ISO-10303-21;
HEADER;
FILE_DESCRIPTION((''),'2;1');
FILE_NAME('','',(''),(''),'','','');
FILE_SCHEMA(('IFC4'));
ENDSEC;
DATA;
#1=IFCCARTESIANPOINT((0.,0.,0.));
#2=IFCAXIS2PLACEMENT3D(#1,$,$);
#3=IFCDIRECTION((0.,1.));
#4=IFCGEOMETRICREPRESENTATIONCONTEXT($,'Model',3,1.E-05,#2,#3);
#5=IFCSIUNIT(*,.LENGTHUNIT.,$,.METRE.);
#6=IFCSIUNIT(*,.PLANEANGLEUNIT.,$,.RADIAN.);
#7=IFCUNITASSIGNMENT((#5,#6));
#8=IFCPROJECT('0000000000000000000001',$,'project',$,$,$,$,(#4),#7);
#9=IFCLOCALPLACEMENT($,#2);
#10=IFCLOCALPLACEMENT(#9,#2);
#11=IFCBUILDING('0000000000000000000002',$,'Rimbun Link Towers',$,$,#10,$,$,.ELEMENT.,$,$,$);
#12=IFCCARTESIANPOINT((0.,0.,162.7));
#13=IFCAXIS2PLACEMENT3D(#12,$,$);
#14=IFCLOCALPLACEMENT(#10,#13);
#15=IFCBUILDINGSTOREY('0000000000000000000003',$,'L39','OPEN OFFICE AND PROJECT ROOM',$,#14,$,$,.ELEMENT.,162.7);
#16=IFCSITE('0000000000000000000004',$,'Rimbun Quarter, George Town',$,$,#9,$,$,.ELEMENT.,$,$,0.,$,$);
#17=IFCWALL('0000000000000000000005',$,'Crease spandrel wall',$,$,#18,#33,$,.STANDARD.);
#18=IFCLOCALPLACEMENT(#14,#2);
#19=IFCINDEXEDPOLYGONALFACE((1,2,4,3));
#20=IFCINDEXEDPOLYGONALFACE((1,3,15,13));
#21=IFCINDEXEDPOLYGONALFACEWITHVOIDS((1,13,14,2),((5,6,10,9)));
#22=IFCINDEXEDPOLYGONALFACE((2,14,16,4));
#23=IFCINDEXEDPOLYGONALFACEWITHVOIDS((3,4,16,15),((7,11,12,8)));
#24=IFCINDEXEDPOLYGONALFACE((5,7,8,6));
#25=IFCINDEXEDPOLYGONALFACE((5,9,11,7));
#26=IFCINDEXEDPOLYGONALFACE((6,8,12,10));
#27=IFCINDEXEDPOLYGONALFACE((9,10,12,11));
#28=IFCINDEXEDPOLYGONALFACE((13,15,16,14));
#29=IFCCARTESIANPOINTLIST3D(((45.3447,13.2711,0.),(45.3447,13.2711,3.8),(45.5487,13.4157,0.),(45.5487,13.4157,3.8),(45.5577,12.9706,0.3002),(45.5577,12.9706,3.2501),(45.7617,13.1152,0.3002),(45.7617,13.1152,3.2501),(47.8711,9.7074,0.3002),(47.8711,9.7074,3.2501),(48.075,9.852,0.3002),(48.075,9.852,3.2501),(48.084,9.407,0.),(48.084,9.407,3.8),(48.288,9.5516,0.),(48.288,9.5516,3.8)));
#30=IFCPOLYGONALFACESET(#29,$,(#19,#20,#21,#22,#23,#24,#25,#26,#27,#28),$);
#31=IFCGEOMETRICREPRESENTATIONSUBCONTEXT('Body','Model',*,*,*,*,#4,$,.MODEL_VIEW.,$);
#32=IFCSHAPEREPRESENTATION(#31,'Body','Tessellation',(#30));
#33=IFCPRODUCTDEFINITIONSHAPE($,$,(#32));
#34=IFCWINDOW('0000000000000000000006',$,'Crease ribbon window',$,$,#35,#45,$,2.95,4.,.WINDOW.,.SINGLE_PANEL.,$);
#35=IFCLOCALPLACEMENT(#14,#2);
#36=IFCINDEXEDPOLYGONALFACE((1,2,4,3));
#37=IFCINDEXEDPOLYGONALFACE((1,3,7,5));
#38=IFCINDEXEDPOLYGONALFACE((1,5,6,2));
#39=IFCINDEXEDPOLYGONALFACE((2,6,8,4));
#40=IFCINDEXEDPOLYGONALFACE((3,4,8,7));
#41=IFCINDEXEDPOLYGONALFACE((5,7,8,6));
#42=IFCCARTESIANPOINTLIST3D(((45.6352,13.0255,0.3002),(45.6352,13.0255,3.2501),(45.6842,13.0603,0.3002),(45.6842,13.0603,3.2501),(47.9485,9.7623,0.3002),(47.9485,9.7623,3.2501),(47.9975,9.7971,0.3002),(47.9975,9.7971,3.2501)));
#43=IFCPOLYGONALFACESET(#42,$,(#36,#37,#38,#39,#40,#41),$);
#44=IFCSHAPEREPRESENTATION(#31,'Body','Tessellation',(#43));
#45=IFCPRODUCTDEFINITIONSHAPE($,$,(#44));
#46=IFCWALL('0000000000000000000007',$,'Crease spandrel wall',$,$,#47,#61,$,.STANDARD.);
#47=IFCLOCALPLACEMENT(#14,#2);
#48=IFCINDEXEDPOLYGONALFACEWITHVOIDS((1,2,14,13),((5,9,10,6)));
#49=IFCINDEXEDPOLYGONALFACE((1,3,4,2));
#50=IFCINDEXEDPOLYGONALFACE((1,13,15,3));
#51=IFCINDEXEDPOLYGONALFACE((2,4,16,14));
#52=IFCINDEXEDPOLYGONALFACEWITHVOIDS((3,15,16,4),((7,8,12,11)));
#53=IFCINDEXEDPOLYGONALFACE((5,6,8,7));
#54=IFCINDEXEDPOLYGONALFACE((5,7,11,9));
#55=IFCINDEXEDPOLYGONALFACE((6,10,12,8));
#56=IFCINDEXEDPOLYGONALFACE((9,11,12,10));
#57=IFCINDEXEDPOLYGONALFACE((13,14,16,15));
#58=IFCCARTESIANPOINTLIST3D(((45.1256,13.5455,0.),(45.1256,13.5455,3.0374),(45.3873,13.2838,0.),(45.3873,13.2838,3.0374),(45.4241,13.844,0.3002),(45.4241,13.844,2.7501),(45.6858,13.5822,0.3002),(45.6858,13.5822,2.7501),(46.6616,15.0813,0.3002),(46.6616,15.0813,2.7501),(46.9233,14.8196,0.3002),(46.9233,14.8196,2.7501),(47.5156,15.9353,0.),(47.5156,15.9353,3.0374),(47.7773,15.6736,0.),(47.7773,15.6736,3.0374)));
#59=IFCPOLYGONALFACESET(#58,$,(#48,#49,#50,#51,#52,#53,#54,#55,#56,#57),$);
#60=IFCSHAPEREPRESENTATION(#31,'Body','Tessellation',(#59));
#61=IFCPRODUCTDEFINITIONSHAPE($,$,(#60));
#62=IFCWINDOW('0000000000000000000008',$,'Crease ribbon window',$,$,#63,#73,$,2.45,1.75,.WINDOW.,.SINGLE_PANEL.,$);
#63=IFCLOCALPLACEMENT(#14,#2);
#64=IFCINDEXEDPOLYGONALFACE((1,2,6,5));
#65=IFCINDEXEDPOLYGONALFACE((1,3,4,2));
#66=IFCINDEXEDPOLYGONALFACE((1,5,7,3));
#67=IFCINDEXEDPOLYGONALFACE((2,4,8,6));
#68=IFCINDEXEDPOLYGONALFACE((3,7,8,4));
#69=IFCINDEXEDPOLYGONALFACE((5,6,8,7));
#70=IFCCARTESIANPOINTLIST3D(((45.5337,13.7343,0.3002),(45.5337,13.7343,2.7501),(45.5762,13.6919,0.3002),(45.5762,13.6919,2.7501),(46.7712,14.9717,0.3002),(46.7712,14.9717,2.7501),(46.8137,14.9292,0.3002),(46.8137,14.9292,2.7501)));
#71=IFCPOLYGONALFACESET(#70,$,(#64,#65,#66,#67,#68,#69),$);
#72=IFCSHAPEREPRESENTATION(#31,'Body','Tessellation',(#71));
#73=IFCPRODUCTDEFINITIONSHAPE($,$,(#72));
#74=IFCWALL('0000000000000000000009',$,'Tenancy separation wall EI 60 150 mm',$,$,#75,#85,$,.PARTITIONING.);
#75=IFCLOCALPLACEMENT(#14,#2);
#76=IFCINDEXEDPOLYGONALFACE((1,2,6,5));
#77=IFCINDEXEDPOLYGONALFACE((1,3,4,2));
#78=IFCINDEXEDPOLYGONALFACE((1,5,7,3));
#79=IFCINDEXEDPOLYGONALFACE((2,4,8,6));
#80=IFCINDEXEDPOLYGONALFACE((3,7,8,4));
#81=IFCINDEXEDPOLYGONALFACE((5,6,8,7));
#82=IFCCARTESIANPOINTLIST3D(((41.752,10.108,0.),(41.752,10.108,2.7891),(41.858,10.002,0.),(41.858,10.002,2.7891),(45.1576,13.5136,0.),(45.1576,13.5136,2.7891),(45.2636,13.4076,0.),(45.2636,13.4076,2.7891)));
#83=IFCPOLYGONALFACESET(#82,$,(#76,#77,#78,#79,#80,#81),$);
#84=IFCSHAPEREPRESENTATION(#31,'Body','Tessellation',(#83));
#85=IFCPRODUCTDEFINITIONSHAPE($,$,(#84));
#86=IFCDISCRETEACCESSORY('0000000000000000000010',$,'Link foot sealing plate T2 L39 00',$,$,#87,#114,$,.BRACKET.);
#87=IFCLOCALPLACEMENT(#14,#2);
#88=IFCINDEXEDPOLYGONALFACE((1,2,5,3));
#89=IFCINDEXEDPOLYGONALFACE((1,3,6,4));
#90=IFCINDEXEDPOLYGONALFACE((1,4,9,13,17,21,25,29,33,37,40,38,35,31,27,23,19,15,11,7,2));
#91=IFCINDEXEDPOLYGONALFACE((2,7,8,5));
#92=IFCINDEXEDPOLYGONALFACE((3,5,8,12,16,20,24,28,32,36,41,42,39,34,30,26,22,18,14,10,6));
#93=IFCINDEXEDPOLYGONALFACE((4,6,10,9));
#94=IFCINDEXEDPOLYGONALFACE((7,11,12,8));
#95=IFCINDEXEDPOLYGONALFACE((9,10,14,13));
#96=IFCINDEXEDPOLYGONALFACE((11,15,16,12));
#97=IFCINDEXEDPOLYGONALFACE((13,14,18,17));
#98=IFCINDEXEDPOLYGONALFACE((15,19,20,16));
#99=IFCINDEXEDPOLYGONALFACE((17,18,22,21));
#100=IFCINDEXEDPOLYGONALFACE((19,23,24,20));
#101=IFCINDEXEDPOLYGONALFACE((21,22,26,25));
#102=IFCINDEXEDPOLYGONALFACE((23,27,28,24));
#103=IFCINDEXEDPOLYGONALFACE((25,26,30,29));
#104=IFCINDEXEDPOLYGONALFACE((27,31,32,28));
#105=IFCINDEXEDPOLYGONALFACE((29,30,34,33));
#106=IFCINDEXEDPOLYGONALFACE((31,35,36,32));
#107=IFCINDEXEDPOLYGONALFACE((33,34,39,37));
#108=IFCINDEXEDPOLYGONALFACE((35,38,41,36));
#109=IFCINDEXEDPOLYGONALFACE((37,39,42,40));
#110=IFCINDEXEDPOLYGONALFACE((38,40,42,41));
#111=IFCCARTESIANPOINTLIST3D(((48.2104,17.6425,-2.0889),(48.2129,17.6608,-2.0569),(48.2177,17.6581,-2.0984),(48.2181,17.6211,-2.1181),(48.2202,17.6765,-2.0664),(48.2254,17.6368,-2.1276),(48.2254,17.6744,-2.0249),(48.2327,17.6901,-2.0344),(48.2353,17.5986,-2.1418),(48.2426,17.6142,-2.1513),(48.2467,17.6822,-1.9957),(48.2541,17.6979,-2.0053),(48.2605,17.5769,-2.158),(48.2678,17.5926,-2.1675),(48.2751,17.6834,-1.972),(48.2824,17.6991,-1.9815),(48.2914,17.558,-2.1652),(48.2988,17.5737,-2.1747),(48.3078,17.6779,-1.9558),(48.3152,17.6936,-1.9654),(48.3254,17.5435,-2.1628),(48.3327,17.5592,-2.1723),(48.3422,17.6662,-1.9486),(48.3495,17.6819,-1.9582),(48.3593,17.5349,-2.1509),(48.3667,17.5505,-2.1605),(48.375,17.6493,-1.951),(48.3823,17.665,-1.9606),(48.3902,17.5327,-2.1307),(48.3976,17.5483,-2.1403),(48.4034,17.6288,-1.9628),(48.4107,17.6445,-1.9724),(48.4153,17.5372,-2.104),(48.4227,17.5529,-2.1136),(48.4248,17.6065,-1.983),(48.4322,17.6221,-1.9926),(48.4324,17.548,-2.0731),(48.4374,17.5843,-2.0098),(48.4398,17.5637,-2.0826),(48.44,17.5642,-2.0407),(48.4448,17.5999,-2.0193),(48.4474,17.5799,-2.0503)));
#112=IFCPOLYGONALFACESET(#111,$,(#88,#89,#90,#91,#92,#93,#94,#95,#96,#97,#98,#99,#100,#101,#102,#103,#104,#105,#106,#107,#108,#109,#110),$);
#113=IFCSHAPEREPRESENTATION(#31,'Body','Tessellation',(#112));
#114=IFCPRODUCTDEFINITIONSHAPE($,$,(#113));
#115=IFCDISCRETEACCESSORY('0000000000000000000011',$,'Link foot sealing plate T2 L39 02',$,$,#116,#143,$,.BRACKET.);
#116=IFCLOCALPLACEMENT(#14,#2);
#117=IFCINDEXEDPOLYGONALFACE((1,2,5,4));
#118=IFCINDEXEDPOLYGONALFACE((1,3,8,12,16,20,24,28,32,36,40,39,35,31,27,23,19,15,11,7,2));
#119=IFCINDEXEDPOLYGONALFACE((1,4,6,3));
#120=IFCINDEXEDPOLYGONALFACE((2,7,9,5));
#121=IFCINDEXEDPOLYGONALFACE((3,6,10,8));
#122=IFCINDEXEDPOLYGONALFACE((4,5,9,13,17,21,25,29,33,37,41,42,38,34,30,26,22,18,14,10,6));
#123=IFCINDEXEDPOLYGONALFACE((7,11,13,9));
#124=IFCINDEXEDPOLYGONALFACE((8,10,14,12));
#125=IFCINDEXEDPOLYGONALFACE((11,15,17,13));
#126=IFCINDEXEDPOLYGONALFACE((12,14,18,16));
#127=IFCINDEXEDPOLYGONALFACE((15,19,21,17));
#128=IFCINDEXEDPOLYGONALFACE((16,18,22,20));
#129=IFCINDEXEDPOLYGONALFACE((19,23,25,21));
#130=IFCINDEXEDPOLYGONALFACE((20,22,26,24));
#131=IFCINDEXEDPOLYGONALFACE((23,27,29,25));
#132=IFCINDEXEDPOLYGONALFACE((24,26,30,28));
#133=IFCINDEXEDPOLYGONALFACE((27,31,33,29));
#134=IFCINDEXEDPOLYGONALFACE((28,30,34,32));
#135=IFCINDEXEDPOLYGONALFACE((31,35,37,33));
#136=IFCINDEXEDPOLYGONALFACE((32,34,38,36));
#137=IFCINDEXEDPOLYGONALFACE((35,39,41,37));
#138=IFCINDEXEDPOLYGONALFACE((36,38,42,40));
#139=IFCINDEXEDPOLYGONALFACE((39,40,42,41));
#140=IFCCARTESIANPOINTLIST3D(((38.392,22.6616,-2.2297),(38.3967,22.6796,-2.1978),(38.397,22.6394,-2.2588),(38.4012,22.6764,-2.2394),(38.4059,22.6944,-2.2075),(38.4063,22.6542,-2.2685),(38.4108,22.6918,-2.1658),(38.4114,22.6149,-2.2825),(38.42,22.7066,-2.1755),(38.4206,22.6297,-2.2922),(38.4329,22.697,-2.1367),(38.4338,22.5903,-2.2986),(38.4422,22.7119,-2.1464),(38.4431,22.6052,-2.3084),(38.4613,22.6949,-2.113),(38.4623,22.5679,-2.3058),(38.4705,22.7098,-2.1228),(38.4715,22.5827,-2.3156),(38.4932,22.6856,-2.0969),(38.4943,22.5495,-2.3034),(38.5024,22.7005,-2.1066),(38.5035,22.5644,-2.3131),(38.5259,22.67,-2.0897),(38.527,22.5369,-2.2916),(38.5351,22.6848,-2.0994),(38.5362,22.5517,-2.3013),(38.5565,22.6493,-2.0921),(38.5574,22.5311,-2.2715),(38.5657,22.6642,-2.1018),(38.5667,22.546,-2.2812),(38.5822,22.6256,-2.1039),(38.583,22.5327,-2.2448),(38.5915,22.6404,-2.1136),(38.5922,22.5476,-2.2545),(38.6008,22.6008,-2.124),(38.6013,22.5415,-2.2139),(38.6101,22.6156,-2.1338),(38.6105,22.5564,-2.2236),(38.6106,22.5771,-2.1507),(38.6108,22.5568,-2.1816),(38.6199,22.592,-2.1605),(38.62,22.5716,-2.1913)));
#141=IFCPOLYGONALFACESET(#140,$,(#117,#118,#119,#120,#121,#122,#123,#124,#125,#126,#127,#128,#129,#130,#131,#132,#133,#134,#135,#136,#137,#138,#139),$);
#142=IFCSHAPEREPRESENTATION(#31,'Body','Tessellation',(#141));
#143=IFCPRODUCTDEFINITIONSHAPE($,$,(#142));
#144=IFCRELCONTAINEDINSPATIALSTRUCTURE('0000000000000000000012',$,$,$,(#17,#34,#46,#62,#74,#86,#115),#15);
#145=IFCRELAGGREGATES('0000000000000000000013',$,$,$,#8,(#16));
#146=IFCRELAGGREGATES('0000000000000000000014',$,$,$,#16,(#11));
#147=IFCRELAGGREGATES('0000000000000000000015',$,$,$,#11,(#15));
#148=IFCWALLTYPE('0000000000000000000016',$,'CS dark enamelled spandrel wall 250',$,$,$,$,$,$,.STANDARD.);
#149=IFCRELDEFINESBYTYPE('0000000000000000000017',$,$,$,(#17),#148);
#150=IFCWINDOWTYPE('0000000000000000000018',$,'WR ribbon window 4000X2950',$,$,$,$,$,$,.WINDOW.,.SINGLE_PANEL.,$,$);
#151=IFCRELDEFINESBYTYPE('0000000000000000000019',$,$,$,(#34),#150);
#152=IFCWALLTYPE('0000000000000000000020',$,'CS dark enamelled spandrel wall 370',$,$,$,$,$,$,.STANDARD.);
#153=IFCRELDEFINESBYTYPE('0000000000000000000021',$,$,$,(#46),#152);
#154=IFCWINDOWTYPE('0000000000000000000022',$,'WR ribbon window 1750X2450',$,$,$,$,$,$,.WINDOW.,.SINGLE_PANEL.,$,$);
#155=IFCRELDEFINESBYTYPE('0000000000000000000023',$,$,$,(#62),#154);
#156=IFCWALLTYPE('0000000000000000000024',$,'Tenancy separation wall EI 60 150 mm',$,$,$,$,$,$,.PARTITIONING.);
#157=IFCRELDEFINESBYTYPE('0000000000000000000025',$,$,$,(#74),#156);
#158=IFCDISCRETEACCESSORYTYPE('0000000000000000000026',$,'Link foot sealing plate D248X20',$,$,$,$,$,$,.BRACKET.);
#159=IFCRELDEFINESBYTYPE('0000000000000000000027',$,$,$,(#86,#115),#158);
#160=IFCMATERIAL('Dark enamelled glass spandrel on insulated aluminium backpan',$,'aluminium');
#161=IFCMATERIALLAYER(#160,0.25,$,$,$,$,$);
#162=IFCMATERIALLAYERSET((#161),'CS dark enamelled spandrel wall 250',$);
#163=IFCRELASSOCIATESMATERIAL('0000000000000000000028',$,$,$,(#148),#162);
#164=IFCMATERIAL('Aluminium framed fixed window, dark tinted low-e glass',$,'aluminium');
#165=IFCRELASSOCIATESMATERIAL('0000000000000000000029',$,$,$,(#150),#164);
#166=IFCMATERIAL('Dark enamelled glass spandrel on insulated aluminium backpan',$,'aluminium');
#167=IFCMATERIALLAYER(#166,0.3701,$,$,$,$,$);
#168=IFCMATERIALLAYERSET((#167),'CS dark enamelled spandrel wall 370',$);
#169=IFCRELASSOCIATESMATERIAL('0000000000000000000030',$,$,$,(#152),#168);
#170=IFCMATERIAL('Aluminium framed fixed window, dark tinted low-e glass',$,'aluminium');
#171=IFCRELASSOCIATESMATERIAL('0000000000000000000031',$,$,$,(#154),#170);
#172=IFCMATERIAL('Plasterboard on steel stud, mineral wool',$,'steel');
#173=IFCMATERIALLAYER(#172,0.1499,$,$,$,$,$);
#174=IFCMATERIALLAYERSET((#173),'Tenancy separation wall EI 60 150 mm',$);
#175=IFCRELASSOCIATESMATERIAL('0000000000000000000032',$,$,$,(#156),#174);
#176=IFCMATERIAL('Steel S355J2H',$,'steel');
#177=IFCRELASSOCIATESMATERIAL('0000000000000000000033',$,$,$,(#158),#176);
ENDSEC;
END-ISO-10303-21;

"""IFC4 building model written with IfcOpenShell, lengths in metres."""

from ifc_helpers import new_model, si_unit, direction, frame, frame_2d, origin, origin_2d, place, context, subcontext, project, spatial, rectangle, circle, extrude, material, layer, layer_set, material_profile, profile_set, type_object, element, fill, save


model = new_model("IFC4")

# Units and contexts
model_context = context("Model", 3, precision=1e-05, world=origin(), true_north=direction((0.0, 1.0)))
body_context = subcontext(model_context, "Body", "Model", "MODEL_VIEW")
ifc_project = project(units=[si_unit("LENGTHUNIT", "METRE"), si_unit("PLANEANGLEUNIT", "RADIAN")], contexts=[model_context])

# Site, building, storey
site_placement = place(None, origin())
site = spatial("IfcSite", under=ifc_project, at=site_placement, Name="Rimbun Quarter, George Town", CompositionType="ELEMENT", RefElevation=0.0)
building_placement = place(site_placement, origin())
building = spatial("IfcBuilding", under=site, at=building_placement, Name="Rimbun Link Towers", CompositionType="ELEMENT")
storey_placement = place(building_placement, frame((0.0, 0.0, 162.7)))
storey = spatial("IfcBuildingStorey", under=building, at=storey_placement, Name="L39", Description="OPEN OFFICE AND PROJECT ROOM", CompositionType="ELEMENT", Elevation=162.7)

# Walls, openings, windows
ifc_material_1 = material(Name="Dark enamelled glass spandrel on insulated aluminium backpan", Category="aluminium")
ifc_layer_1 = layer(ifc_material_1, 0.25)
ifc_layer_set_1 = layer_set([ifc_layer_1], Name="CS dark enamelled spandrel wall 250")
wall_type_1 = type_object("IfcWallType", Name="CS dark enamelled spandrel wall 250", PredefinedType="STANDARD", material=ifc_layer_set_1)
wall_1_placement = place(storey_placement, frame((45.4468, 13.3433, 0.0), z_axis=(0.0, 0.0, 1.0), x_axis=(0.578333, -0.815801, 0.0)))
wall_1 = element("IfcWall", 1, at=wall_1_placement, inside=storey, type_object=wall_type_1, Name="Crease spandrel wall", PredefinedType="STANDARD", context=body_context, shape_type="SweptSolid", body=[
    extrude(rectangle(XDim=4.7366, YDim=0.25, at=frame_2d((2.3682, 0.0))), origin(), (0.0, 0.0, 1.0), 3.8),
])
opening_1_placement = place(wall_1_placement, frame((0.3682, 0.0, 0.3)))
opening_1 = element("IfcOpeningElement", 2, at=opening_1_placement, cuts=wall_1, PredefinedType="OPENING", context=body_context, shape_type="SweptSolid", body=[
    extrude(rectangle(XDim=4.0, YDim=2.95, at=frame_2d((2.0, 1.4751))), frame((0.0, 0.135, 0.0), z_axis=(0.0, -1.0, 0.0), x_axis=(1.0, 0.0, 0.0)), (0.0, 0.0, 1.0), 0.27),
])
ifc_material_2 = material(Name="Aluminium framed fixed window, dark tinted low-e glass", Category="aluminium")
window_type_1 = type_object("IfcWindowType", Name="WR ribbon window 4000X2950", PartitioningType="SINGLE_PANEL", PredefinedType="WINDOW", material=ifc_material_2)
window_1_placement = place(opening_1_placement, origin())
window_1 = element("IfcWindow", 3, at=window_1_placement, inside=storey, type_object=window_type_1, Name="Crease ribbon window", OverallHeight=2.95, OverallWidth=4.0, PartitioningType="SINGLE_PANEL", PredefinedType="WINDOW", context=body_context, shape_type="SweptSolid", body=[
    extrude(rectangle(XDim=4.0, YDim=2.95, at=frame_2d((2.0, 1.4751))), frame((0.0, 0.03, 0.0), z_axis=(0.0, -1.0, 0.0), x_axis=(1.0, 0.0, 0.0)), (0.0, 0.0, 1.0), 0.0601),
])
fill(opening_1, window_1)
ifc_material_3 = material(Name="Dark enamelled glass spandrel on insulated aluminium backpan", Category="aluminium")
ifc_layer_2 = layer(ifc_material_3, 0.3701)
ifc_layer_set_2 = layer_set([ifc_layer_2], Name="CS dark enamelled spandrel wall 370")
wall_type_2 = type_object("IfcWallType", Name="CS dark enamelled spandrel wall 370", PredefinedType="STANDARD", material=ifc_layer_set_2)
wall_2_placement = place(storey_placement, frame((47.6465, 15.8044, 0.0), z_axis=(0.0, 0.0, 1.0), x_axis=(-0.707143, -0.707071, 0.0)))
wall_2 = element("IfcWall", 4, at=wall_2_placement, inside=storey, type_object=wall_type_2, Name="Crease spandrel wall", PredefinedType="STANDARD", context=body_context, shape_type="SweptSolid", body=[
    extrude(rectangle(XDim=3.3799, YDim=0.3701, at=frame_2d((1.6899, 0.0))), origin(), (0.0, 0.0, 1.0), 3.0374),
])
opening_2_placement = place(wall_2_placement, frame((1.2078, 0.0, 0.3)))
opening_2 = element("IfcOpeningElement", 5, at=opening_2_placement, cuts=wall_2, PredefinedType="OPENING", context=body_context, shape_type="SweptSolid", body=[
    extrude(rectangle(XDim=1.75, YDim=2.45, at=frame_2d((0.875, 1.2251))), frame((0.0, 0.1951, 0.0), z_axis=(0.0, -1.0, 0.0), x_axis=(1.0, 0.0, 0.0)), (0.0, 0.0, 1.0), 0.3901),
])
ifc_material_4 = material(Name="Aluminium framed fixed window, dark tinted low-e glass", Category="aluminium")
window_type_2 = type_object("IfcWindowType", Name="WR ribbon window 1750X2450", PartitioningType="SINGLE_PANEL", PredefinedType="WINDOW", material=ifc_material_4)
window_2_placement = place(opening_2_placement, origin())
window_2 = element("IfcWindow", 6, at=window_2_placement, inside=storey, type_object=window_type_2, Name="Crease ribbon window", OverallHeight=2.45, OverallWidth=1.75, PartitioningType="SINGLE_PANEL", PredefinedType="WINDOW", context=body_context, shape_type="SweptSolid", body=[
    extrude(rectangle(XDim=1.75, YDim=2.45, at=frame_2d((0.875, 1.2251))), frame((0.0, 0.03, 0.0), z_axis=(0.0, -1.0, 0.0), x_axis=(1.0, 0.0, 0.0)), (0.0, 0.0, 1.0), 0.0601),
])
fill(opening_2, window_2)

# Wall
ifc_material_5 = material(Name="Plasterboard on steel stud, mineral wool", Category="steel")
ifc_layer_3 = layer(ifc_material_5, 0.1499)
ifc_layer_set_3 = layer_set([ifc_layer_3], Name="Tenancy separation wall EI 60 150 mm")
wall_type_3 = type_object("IfcWallType", Name="Tenancy separation wall EI 60 150 mm", PredefinedType="PARTITIONING", material=ifc_layer_set_3)
wall_3_placement = place(storey_placement, frame((41.8049, 10.0549, 0.0), z_axis=(0.0, 0.0, 1.0), x_axis=(0.707107, 0.707107, 0.0)))
element("IfcWall", 7, at=wall_3_placement, inside=storey, type_object=wall_type_3, Name="Tenancy separation wall EI 60 150 mm", PredefinedType="PARTITIONING", context=body_context, shape_type="SweptSolid", body=[
    extrude(rectangle(XDim=4.8162, YDim=0.1499, at=frame_2d((2.4082, 0.0))), origin(), (0.0, 0.0, 1.0), 2.7891),
])

# Discrete accessories
ifc_material_6 = material(Name="Steel S355J2H", Category="steel")
ifc_material_profile_1 = material_profile(ifc_material_6, circle(Radius=0.124, at=origin_2d()), Name="PL D248")
ifc_profile_set_1 = profile_set([ifc_material_profile_1], Name="Steel S355J2H")
discrete_accessory_type = type_object("IfcDiscreteAccessoryType", Name="Link foot sealing plate D248X20", PredefinedType="BRACKET", material=ifc_profile_set_1)
discrete_accessory_1_placement = place(storey_placement, frame((48.3252, 17.6082, -2.0569), z_axis=(0.371619, 0.792786, -0.483104), x_axis=(-0.905459, 0.424434, 0.0)))
element("IfcDiscreteAccessory", 8, at=discrete_accessory_1_placement, inside=storey, type_object=discrete_accessory_type, Name="Link foot sealing plate T2 L39 00", PredefinedType="BRACKET", context=body_context, shape_type="SweptSolid", body=[
    extrude(circle(Radius=0.124, at=origin_2d()), origin(), (0.0, 0.0, 1.0), 0.0198),
])
discrete_accessory_2_placement = place(storey_placement, frame((38.502, 22.614, -2.1978), z_axis=(0.462008, 0.741645, -0.486324), x_axis=(-0.848779, 0.528748, 0.0)))
element("IfcDiscreteAccessory", 9, at=discrete_accessory_2_placement, inside=storey, type_object=discrete_accessory_type, Name="Link foot sealing plate T2 L39 02", PredefinedType="BRACKET", context=body_context, shape_type="SweptSolid", body=[
    extrude(circle(Radius=0.124, at=origin_2d()), origin(), (0.0, 0.0, 1.0), 0.02),
])

save(model, "model.ifc")
